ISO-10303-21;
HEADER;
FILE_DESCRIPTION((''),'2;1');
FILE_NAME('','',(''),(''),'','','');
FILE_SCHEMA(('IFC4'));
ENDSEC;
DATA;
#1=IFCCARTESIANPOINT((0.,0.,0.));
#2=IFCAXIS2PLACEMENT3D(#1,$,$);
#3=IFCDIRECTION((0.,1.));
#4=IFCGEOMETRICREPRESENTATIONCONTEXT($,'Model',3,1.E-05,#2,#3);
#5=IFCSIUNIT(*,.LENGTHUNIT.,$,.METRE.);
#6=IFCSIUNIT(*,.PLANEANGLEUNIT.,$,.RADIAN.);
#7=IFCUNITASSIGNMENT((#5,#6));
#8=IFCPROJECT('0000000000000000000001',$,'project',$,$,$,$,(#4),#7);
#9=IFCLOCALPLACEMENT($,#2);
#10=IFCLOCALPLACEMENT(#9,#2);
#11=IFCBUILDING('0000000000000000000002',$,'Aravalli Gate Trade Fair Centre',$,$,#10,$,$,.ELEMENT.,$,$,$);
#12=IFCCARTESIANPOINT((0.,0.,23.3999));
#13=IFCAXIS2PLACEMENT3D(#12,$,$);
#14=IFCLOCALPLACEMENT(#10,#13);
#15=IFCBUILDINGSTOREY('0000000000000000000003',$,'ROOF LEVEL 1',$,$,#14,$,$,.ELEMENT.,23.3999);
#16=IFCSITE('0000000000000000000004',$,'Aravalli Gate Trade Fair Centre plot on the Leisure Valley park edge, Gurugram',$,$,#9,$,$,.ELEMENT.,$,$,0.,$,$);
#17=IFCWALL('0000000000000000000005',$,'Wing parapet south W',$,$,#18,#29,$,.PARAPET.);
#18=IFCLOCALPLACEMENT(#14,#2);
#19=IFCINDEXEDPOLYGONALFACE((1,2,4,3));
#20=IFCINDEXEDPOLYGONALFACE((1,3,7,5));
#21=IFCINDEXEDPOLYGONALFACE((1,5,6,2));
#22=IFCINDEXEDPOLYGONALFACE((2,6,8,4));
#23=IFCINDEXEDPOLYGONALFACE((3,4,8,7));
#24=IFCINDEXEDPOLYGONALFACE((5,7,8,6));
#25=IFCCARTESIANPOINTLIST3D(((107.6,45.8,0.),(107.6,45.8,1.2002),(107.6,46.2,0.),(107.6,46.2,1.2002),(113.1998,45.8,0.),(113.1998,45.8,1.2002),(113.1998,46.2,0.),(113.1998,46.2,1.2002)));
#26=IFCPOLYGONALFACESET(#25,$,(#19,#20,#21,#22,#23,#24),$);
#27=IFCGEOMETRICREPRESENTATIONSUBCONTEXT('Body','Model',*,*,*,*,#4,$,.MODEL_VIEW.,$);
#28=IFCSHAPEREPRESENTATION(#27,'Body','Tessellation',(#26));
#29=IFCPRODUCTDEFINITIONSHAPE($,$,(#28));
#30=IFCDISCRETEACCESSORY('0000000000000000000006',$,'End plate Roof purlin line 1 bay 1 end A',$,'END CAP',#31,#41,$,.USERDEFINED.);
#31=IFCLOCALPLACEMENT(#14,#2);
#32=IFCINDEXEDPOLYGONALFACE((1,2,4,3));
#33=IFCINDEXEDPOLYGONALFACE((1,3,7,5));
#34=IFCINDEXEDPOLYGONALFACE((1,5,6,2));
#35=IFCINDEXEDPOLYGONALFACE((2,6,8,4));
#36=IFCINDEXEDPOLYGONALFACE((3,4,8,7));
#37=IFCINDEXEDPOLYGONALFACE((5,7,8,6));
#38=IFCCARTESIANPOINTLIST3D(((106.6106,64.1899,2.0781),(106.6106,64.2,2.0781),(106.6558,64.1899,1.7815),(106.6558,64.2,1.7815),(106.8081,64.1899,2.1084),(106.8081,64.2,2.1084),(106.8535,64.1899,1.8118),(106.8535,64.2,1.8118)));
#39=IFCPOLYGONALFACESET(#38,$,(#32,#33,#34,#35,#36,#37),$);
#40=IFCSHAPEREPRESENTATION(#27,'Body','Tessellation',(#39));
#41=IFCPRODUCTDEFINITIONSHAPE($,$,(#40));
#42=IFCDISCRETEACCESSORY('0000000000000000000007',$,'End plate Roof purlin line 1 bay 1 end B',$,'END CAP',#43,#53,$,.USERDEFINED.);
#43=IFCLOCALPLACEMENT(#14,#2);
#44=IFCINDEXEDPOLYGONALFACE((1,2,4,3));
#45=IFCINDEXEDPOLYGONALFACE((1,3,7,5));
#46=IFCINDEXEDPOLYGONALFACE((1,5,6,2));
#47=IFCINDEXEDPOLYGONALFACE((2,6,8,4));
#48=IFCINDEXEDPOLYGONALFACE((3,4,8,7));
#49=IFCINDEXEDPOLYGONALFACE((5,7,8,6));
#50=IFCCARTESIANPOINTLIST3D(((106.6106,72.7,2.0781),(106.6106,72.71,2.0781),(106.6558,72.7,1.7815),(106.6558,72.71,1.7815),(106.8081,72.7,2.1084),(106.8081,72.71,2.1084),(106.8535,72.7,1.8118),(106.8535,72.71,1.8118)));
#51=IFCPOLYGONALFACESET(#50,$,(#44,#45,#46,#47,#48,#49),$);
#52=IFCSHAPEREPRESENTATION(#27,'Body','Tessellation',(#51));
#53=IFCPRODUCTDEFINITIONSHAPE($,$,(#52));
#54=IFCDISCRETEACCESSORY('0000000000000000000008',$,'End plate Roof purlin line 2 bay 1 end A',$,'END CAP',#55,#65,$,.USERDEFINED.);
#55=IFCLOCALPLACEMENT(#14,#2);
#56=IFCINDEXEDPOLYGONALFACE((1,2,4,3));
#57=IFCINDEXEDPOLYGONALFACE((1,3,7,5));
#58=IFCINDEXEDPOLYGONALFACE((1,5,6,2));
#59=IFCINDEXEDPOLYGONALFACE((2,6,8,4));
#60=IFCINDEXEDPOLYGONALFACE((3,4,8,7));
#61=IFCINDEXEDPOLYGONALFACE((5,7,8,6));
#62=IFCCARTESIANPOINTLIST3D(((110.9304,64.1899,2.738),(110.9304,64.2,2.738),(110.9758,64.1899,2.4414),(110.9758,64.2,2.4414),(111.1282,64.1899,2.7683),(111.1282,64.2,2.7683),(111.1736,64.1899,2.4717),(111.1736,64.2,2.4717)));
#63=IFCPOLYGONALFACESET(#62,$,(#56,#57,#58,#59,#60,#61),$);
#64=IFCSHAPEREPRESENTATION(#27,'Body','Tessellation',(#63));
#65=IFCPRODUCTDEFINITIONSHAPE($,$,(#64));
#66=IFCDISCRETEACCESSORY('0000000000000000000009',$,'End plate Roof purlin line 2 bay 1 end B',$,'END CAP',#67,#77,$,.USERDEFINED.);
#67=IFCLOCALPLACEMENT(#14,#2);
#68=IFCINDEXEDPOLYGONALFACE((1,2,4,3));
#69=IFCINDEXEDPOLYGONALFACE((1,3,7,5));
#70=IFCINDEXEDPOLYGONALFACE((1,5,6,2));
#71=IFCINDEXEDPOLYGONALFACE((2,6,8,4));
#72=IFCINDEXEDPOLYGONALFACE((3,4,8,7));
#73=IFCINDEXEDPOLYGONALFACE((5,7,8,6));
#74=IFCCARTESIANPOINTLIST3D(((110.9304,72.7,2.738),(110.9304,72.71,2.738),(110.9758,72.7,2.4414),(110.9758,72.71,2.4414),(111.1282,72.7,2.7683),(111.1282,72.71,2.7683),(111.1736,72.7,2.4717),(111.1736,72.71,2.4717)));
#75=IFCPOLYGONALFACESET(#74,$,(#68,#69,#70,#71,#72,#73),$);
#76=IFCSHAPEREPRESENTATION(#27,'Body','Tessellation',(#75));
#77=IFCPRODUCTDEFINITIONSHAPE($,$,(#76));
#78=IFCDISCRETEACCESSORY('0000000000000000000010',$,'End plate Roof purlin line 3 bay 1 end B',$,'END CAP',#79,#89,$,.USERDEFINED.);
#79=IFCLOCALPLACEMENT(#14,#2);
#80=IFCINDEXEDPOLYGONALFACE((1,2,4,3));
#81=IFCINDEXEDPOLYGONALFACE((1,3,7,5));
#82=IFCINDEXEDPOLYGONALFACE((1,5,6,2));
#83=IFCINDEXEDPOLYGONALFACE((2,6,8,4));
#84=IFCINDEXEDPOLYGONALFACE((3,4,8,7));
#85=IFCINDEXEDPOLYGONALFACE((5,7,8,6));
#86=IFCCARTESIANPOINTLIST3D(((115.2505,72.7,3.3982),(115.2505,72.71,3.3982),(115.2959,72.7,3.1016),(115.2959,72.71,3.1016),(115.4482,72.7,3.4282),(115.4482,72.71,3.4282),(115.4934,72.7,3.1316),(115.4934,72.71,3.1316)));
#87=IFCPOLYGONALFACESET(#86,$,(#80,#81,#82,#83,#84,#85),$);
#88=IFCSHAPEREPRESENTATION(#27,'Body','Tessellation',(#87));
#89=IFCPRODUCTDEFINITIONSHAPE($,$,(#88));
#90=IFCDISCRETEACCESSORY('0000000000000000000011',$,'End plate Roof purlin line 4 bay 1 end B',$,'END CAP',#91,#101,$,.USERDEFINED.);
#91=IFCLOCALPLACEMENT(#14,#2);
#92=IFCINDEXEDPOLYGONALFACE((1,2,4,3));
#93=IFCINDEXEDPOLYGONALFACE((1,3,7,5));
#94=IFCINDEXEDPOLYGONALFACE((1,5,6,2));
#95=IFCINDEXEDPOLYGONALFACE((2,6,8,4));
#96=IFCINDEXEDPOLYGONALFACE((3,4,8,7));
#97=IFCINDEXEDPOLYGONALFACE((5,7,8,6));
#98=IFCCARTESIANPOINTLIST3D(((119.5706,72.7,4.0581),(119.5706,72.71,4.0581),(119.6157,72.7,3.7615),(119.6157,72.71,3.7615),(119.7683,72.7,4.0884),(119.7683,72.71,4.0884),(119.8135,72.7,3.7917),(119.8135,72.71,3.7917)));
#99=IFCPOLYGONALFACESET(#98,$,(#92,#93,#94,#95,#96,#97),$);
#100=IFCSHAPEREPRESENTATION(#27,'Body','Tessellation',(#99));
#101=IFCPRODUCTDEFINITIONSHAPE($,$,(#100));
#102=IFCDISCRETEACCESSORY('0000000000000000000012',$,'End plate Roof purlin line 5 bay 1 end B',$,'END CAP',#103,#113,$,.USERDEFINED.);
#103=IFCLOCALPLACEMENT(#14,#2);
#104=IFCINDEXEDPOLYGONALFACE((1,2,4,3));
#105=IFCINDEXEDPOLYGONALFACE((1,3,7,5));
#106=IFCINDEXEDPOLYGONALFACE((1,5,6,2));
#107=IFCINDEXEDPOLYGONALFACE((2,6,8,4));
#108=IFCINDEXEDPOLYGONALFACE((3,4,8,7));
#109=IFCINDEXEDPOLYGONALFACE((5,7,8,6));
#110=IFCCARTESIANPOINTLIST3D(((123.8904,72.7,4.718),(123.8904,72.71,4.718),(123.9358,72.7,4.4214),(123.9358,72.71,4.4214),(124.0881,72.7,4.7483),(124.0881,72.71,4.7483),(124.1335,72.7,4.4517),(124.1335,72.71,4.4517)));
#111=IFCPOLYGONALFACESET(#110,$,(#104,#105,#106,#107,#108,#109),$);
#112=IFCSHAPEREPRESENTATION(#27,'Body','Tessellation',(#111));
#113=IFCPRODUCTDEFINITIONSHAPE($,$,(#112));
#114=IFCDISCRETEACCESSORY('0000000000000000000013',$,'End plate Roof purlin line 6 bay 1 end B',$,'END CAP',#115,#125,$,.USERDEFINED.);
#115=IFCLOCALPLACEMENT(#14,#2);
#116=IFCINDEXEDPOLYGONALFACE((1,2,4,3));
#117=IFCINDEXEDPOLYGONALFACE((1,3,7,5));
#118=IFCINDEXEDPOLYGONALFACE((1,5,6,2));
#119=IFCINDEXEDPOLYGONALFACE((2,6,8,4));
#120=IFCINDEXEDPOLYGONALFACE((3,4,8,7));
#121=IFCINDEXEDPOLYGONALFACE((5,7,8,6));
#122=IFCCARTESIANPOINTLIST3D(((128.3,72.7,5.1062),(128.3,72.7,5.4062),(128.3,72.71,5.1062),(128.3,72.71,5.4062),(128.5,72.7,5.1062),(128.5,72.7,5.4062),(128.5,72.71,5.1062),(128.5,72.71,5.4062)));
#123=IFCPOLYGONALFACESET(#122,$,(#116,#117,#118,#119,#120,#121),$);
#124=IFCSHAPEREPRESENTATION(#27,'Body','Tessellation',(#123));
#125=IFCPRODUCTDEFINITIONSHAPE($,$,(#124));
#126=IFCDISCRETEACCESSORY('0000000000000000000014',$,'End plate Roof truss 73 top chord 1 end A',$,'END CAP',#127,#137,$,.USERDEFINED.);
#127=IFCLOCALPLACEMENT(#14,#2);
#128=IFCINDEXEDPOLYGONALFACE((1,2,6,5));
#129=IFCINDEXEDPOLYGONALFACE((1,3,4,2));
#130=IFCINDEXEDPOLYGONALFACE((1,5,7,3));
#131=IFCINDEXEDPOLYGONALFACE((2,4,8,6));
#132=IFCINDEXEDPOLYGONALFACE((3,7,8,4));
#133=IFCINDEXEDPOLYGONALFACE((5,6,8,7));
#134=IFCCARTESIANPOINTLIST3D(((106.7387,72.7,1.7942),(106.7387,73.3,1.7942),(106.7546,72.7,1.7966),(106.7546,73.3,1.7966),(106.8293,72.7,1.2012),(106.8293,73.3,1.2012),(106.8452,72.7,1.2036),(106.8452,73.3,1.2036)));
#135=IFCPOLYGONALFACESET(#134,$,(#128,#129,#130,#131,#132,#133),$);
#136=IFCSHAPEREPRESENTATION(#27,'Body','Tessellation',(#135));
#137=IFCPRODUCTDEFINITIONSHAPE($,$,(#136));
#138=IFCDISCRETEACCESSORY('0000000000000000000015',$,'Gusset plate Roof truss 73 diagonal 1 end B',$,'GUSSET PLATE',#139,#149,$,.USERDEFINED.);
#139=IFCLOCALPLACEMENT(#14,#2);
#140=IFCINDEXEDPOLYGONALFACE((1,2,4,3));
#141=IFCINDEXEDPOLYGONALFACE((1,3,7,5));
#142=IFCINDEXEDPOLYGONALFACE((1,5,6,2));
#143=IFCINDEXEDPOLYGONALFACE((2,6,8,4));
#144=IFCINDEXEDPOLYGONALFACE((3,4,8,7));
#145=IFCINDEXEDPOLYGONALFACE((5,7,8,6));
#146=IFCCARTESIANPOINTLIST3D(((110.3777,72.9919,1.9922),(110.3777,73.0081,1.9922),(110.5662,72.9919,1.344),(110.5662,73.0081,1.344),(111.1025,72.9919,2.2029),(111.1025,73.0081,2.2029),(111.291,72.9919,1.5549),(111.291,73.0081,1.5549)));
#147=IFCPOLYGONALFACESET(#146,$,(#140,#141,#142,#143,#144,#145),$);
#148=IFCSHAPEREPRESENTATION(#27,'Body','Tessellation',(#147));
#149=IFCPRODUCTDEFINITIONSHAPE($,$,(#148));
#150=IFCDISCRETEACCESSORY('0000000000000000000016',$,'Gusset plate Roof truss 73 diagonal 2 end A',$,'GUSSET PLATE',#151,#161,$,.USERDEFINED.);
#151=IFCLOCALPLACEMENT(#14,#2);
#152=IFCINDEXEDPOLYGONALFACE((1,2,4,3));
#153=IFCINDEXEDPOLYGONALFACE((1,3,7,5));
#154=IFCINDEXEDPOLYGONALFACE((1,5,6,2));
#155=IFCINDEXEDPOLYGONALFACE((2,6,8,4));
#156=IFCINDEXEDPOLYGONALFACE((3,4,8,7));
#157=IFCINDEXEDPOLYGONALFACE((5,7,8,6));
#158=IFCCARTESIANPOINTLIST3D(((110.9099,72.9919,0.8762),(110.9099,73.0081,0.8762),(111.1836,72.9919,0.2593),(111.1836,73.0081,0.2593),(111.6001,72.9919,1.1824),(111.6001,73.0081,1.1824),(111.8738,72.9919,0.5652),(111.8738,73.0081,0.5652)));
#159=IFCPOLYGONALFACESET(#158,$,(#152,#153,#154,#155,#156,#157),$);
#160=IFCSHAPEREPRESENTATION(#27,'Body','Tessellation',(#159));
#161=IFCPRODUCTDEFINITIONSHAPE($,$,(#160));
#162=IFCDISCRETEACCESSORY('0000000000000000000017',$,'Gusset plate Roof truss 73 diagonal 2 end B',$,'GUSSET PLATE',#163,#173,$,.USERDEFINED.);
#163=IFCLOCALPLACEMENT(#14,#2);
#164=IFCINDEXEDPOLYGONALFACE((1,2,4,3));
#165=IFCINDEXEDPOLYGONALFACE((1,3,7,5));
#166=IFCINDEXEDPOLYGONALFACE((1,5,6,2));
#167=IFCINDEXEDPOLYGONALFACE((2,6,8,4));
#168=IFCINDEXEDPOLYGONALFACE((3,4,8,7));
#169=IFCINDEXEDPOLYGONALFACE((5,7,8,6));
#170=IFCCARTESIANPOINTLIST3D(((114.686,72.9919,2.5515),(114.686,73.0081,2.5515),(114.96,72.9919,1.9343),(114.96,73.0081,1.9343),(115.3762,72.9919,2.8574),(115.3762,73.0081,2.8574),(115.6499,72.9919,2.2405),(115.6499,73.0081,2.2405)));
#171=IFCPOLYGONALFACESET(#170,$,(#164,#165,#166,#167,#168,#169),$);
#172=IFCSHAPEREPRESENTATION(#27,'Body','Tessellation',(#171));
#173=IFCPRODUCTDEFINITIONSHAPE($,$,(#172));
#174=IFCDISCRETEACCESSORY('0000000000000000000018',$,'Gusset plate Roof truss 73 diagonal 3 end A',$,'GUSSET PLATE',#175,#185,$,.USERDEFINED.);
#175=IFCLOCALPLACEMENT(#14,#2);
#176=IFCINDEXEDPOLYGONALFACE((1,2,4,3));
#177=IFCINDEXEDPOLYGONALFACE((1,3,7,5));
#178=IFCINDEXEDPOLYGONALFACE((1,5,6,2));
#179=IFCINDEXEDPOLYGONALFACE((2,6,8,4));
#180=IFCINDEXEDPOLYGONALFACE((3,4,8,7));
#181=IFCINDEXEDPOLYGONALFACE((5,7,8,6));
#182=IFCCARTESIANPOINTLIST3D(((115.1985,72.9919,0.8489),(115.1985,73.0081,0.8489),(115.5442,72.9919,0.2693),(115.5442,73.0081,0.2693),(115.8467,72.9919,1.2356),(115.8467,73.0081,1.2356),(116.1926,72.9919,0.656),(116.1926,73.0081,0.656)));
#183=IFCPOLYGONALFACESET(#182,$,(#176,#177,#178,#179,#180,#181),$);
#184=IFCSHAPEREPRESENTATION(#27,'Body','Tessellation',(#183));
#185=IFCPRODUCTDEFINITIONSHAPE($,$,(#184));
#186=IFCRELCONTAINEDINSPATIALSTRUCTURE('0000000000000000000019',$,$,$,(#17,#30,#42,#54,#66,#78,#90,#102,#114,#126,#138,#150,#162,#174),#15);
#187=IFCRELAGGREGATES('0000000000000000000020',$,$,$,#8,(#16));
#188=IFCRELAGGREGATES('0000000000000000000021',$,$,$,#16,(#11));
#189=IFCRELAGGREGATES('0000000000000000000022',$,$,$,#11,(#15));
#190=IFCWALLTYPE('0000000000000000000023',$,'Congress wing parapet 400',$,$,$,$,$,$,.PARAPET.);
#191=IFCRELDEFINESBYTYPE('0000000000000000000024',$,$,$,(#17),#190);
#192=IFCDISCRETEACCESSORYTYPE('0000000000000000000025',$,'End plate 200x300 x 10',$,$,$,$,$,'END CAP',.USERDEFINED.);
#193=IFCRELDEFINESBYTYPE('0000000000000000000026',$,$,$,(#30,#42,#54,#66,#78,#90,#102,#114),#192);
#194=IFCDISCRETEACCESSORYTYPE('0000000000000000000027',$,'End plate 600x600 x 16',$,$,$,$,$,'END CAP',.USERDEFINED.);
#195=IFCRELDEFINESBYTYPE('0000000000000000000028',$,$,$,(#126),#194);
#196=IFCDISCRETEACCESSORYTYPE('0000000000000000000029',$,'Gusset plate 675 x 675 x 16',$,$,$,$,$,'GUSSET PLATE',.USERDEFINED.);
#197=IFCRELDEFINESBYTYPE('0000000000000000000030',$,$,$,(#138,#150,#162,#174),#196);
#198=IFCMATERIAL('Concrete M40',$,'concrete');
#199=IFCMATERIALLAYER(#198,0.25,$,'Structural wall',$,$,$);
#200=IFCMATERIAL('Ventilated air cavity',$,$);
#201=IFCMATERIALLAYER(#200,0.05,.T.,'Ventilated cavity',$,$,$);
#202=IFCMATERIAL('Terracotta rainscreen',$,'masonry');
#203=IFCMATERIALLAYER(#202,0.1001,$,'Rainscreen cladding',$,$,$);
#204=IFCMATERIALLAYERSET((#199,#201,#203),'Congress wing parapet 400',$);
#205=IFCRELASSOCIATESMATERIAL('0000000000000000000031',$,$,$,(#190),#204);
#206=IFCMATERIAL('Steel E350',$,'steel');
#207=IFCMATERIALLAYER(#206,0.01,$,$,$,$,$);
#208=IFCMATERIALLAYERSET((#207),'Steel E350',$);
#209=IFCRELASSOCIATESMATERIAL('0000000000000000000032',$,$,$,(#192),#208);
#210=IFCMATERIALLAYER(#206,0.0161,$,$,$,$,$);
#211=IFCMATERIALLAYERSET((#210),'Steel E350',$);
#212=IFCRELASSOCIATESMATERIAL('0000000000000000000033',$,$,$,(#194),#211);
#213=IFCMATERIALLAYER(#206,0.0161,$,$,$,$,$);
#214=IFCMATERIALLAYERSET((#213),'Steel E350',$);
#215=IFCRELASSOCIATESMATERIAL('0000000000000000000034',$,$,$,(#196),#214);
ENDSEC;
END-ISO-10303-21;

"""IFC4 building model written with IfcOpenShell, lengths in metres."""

from ifc_helpers import new_model, si_unit, direction, frame, frame_2d, origin, place, context, subcontext, project, spatial, polyline, rectangle, outline, extrude, material, layer, layer_set, type_object, element, save


model = new_model("IFC4")

# Units and contexts
model_context = context("Model", 3, precision=1e-05, world=origin(), true_north=direction((0.0, 1.0)))
body_context = subcontext(model_context, "Body", "Model", "MODEL_VIEW")
ifc_project = project(units=[si_unit("LENGTHUNIT", "METRE"), si_unit("PLANEANGLEUNIT", "RADIAN")], contexts=[model_context])

# Site, building, storey
site_placement = place(None, origin())
site = spatial("IfcSite", under=ifc_project, at=site_placement, Name="Aravalli Gate Trade Fair Centre plot on the Leisure Valley park edge, Gurugram", CompositionType="ELEMENT", RefElevation=0.0)
building_placement = place(site_placement, origin())
building = spatial("IfcBuilding", under=site, at=building_placement, Name="Aravalli Gate Trade Fair Centre", CompositionType="ELEMENT")
storey_placement = place(building_placement, frame((0.0, 0.0, 23.3999)))
storey = spatial("IfcBuildingStorey", under=building, at=storey_placement, Name="ROOF LEVEL 1", CompositionType="ELEMENT", Elevation=23.3999)

# Shared definitions
ifc_material_1 = material(Name="Steel E350", Category="steel")

# Wall
ifc_material_2 = material(Name="Concrete M40", Category="concrete")
ifc_material_3 = material(Name="Ventilated air cavity")
ifc_material_4 = material(Name="Terracotta rainscreen", Category="masonry")
ifc_layer_1 = layer(ifc_material_2, 0.25, Name="Structural wall")
ifc_layer_2 = layer(ifc_material_3, 0.05, ventilated=True, Name="Ventilated cavity")
ifc_layer_3 = layer(ifc_material_4, 0.1001, Name="Rainscreen cladding")
ifc_layer_set_1 = layer_set([ifc_layer_1, ifc_layer_2, ifc_layer_3], Name="Congress wing parapet 400")
wall_type_1 = type_object("IfcWallType", Name="Congress wing parapet 400", PredefinedType="PARAPET", material=ifc_layer_set_1)
wall_1_placement = place(storey_placement, frame((107.6001, 46.0, 0.0), z_axis=(0.0, 0.0, 1.0), x_axis=(1.0, 0.0, 0.0)))
element("IfcWall", 1, at=wall_1_placement, inside=storey, type_object=wall_type_1, Name="Wing parapet south W", PredefinedType="PARAPET", context=body_context, shape_type="SweptSolid", body=[
    extrude(rectangle(XDim=5.5999, YDim=0.3999, at=frame_2d((2.7998, 0.0))), origin(), (0.0, 0.0, 1.0), 1.2002),
])

# Discrete accessories
ifc_layer_4 = layer(ifc_material_1, 0.01)
ifc_layer_set_2 = layer_set([ifc_layer_4], Name="Steel E350")
discrete_accessory_type_1 = type_object("IfcDiscreteAccessoryType", Name="End plate 200x300 x 10", ElementType="END CAP", PredefinedType="USERDEFINED", material=ifc_layer_set_2)
for number, where, z_axis, x_axis, name in (
    (2, (106.8535, 64.2, 1.8118), (0.0, 1.0, 0.0), (-0.988484, 0.0, -0.151324), "End plate Roof purlin line 1 bay 1 end A"),
    (3, (106.8535, 72.71, 1.8118), (0.0, 1.0, 0.0), (-0.988484, 0.0, -0.151324), "End plate Roof purlin line 1 bay 1 end B"),
):
    element("IfcDiscreteAccessory", number, at=place(storey_placement, frame(where, z_axis=z_axis, x_axis=x_axis)), inside=storey, type_object=discrete_accessory_type_1, Name=name, ObjectType="END CAP", PredefinedType="USERDEFINED", context=body_context, shape_type="SweptSolid", body=[
        extrude(outline(polyline([(0.0, 0.0), (0.2001, 0.0), (0.1998, 0.3), (0.0, 0.3001), (0.0, 0.0)])), origin(), (0.0, 0.0, -1.0), 0.01),
    ])
for number, where, z_axis, x_axis, name in (
    (4, (111.1736, 64.2, 2.4717), (0.0, 1.0, 0.0), (-0.988484, 0.0, -0.151324), "End plate Roof purlin line 2 bay 1 end A"),
    (5, (111.1736, 72.71, 2.4717), (0.0, 1.0, 0.0), (-0.988484, 0.0, -0.151324), "End plate Roof purlin line 2 bay 1 end B"),
):
    element("IfcDiscreteAccessory", number, at=place(storey_placement, frame(where, z_axis=z_axis, x_axis=x_axis)), inside=storey, type_object=discrete_accessory_type_1, Name=name, ObjectType="END CAP", PredefinedType="USERDEFINED", context=body_context, shape_type="SweptSolid", body=[
        extrude(outline(polyline([(0.0, 0.0), (0.2001, 0.0), (0.2001, 0.3001), (0.0, 0.3001), (0.0, 0.0)])), origin(), (0.0, 0.0, -1.0), 0.01),
    ])
discrete_accessory_1_placement = place(storey_placement, frame((115.4934, 72.71, 3.1316), z_axis=(0.0, 1.0, 0.0), x_axis=(-0.988639, 0.0, -0.150312)))
element("IfcDiscreteAccessory", 6, at=discrete_accessory_1_placement, inside=storey, type_object=discrete_accessory_type_1, Name="End plate Roof purlin line 3 bay 1 end B", ObjectType="END CAP", PredefinedType="USERDEFINED", context=body_context, shape_type="SweptSolid", body=[
    extrude(outline(polyline([(0.0, 0.0), (0.1998, 0.0), (0.2001, 0.3001), (0.0001, 0.3), (0.0, 0.0)])), origin(), (0.0, 0.0, -1.0), 0.01),
])
discrete_accessory_2_placement = place(storey_placement, frame((119.8135, 72.71, 3.7917), z_axis=(0.0, 1.0, 0.0), x_axis=(-0.988484, 0.0, -0.151324)))
element("IfcDiscreteAccessory", 7, at=discrete_accessory_2_placement, inside=storey, type_object=discrete_accessory_type_1, Name="End plate Roof purlin line 4 bay 1 end B", ObjectType="END CAP", PredefinedType="USERDEFINED", context=body_context, shape_type="SweptSolid", body=[
    extrude(outline(polyline([(0.0, 0.0), (0.2001, 0.0), (0.1998, 0.3), (-0.0002, 0.3), (0.0, 0.0)])), origin(), (0.0, 0.0, -1.0), 0.01),
])
discrete_accessory_3_placement = place(storey_placement, frame((124.1335, 72.71, 4.4517), z_axis=(0.0, 1.0, 0.0), x_axis=(-0.988484, 0.0, -0.151324)))
element("IfcDiscreteAccessory", 8, at=discrete_accessory_3_placement, inside=storey, type_object=discrete_accessory_type_1, Name="End plate Roof purlin line 5 bay 1 end B", ObjectType="END CAP", PredefinedType="USERDEFINED", context=body_context, shape_type="SweptSolid", body=[
    extrude(outline(polyline([(0.0, 0.0), (0.2001, 0.0), (0.2001, 0.3001), (0.0, 0.3001), (0.0, 0.0)])), origin(), (0.0, 0.0, -1.0), 0.01),
])
discrete_accessory_4_placement = place(storey_placement, frame((128.5, 72.71, 5.1062), z_axis=(0.0, 1.0, 0.0), x_axis=(-1.0, 0.0, 0.0)))
element("IfcDiscreteAccessory", 9, at=discrete_accessory_4_placement, inside=storey, type_object=discrete_accessory_type_1, Name="End plate Roof purlin line 6 bay 1 end B", ObjectType="END CAP", PredefinedType="USERDEFINED", context=body_context, shape_type="SweptSolid", body=[
    extrude(outline(polyline([(0.0, 0.0), (0.2, 0.0), (0.2, 0.3), (0.0, 0.3), (0.0, 0.0)])), origin(), (0.0, 0.0, -1.0), 0.01),
])
ifc_layer_5 = layer(ifc_material_1, 0.0161)
ifc_layer_set_3 = layer_set([ifc_layer_5], Name="Steel E350")
discrete_accessory_type_2 = type_object("IfcDiscreteAccessoryType", Name="End plate 600x600 x 16", ElementType="END CAP", PredefinedType="USERDEFINED", material=ifc_layer_set_3)
discrete_accessory_5_placement = place(storey_placement, frame((106.8452, 72.7, 1.2036), z_axis=(0.988536, 0.0, 0.150987), x_axis=(0.0, 1.0, 0.0)))
element("IfcDiscreteAccessory", 10, at=discrete_accessory_5_placement, inside=storey, type_object=discrete_accessory_type_2, Name="End plate Roof truss 73 top chord 1 end A", ObjectType="END CAP", PredefinedType="USERDEFINED", context=body_context, shape_type="SweptSolid", body=[
    extrude(outline(polyline([(0.0, 0.0), (0.6001, 0.0), (0.6001, 0.5999), (0.0, 0.5999), (0.0, 0.0)])), origin(), (0.0, 0.0, -1.0), 0.0161),
])
ifc_layer_6 = layer(ifc_material_1, 0.0161)
ifc_layer_set_4 = layer_set([ifc_layer_6], Name="Steel E350")
discrete_accessory_type_3 = type_object("IfcDiscreteAccessoryType", Name="Gusset plate 675 x 675 x 16", ElementType="GUSSET PLATE", PredefinedType="USERDEFINED", material=ifc_layer_set_4)
discrete_accessory_6_placement = place(storey_placement, frame((110.5662, 72.9919, 1.344), z_axis=(0.0, -1.0, 0.0), x_axis=(0.96017, 0.0, 0.279416)))
element("IfcDiscreteAccessory", 11, at=discrete_accessory_6_placement, inside=storey, type_object=discrete_accessory_type_3, Name="Gusset plate Roof truss 73 diagonal 1 end B", ObjectType="GUSSET PLATE", PredefinedType="USERDEFINED", context=body_context, shape_type="SweptSolid", body=[
    extrude(outline(polyline([(0.0, 0.0), (0.7549, 0.0), (0.755, 0.6748), (0.0001, 0.675), (0.0, 0.0)])), origin(), (0.0, 0.0, -1.0), 0.0161),
])
discrete_accessory_7_placement = place(storey_placement, frame((111.6001, 72.9919, 1.1824), z_axis=(0.0, -1.0, 0.0), x_axis=(-0.914105, 0.0, -0.405478)))
element("IfcDiscreteAccessory", 12, at=discrete_accessory_7_placement, inside=storey, type_object=discrete_accessory_type_3, Name="Gusset plate Roof truss 73 diagonal 2 end A", ObjectType="GUSSET PLATE", PredefinedType="USERDEFINED", context=body_context, shape_type="SweptSolid", body=[
    extrude(outline(polyline([(0.0, 0.0), (0.755, 0.0), (0.755, 0.6749), (0.0001, 0.6751), (0.0, 0.0)])), origin(), (0.0, 0.0, -1.0), 0.0161),
])
discrete_accessory_8_placement = place(storey_placement, frame((114.96, 72.9919, 1.9343), z_axis=(0.0, -1.0, 0.0), x_axis=(0.914051, 0.0, 0.405598)))
element("IfcDiscreteAccessory", 13, at=discrete_accessory_8_placement, inside=storey, type_object=discrete_accessory_type_3, Name="Gusset plate Roof truss 73 diagonal 2 end B", ObjectType="GUSSET PLATE", PredefinedType="USERDEFINED", context=body_context, shape_type="SweptSolid", body=[
    extrude(outline(polyline([(0.0, 0.0), (0.7548, 0.0), (0.7549, 0.6749), (-0.0001, 0.6752), (0.0, 0.0)])), origin(), (0.0, 0.0, -1.0), 0.0161),
])
discrete_accessory_9_placement = place(storey_placement, frame((115.8467, 72.9919, 1.2356), z_axis=(0.0, -1.0, 0.0), x_axis=(-0.858775, 0.0, -0.512354)))
element("IfcDiscreteAccessory", 14, at=discrete_accessory_9_placement, inside=storey, type_object=discrete_accessory_type_3, Name="Gusset plate Roof truss 73 diagonal 3 end A", ObjectType="GUSSET PLATE", PredefinedType="USERDEFINED", context=body_context, shape_type="SweptSolid", body=[
    extrude(outline(polyline([(0.0, 0.0), (0.7548, 0.0), (0.7549, 0.6749), (-0.0001, 0.675), (0.0, 0.0)])), origin(), (0.0, 0.0, -1.0), 0.0161),
])

save(model, "model.ifc")
